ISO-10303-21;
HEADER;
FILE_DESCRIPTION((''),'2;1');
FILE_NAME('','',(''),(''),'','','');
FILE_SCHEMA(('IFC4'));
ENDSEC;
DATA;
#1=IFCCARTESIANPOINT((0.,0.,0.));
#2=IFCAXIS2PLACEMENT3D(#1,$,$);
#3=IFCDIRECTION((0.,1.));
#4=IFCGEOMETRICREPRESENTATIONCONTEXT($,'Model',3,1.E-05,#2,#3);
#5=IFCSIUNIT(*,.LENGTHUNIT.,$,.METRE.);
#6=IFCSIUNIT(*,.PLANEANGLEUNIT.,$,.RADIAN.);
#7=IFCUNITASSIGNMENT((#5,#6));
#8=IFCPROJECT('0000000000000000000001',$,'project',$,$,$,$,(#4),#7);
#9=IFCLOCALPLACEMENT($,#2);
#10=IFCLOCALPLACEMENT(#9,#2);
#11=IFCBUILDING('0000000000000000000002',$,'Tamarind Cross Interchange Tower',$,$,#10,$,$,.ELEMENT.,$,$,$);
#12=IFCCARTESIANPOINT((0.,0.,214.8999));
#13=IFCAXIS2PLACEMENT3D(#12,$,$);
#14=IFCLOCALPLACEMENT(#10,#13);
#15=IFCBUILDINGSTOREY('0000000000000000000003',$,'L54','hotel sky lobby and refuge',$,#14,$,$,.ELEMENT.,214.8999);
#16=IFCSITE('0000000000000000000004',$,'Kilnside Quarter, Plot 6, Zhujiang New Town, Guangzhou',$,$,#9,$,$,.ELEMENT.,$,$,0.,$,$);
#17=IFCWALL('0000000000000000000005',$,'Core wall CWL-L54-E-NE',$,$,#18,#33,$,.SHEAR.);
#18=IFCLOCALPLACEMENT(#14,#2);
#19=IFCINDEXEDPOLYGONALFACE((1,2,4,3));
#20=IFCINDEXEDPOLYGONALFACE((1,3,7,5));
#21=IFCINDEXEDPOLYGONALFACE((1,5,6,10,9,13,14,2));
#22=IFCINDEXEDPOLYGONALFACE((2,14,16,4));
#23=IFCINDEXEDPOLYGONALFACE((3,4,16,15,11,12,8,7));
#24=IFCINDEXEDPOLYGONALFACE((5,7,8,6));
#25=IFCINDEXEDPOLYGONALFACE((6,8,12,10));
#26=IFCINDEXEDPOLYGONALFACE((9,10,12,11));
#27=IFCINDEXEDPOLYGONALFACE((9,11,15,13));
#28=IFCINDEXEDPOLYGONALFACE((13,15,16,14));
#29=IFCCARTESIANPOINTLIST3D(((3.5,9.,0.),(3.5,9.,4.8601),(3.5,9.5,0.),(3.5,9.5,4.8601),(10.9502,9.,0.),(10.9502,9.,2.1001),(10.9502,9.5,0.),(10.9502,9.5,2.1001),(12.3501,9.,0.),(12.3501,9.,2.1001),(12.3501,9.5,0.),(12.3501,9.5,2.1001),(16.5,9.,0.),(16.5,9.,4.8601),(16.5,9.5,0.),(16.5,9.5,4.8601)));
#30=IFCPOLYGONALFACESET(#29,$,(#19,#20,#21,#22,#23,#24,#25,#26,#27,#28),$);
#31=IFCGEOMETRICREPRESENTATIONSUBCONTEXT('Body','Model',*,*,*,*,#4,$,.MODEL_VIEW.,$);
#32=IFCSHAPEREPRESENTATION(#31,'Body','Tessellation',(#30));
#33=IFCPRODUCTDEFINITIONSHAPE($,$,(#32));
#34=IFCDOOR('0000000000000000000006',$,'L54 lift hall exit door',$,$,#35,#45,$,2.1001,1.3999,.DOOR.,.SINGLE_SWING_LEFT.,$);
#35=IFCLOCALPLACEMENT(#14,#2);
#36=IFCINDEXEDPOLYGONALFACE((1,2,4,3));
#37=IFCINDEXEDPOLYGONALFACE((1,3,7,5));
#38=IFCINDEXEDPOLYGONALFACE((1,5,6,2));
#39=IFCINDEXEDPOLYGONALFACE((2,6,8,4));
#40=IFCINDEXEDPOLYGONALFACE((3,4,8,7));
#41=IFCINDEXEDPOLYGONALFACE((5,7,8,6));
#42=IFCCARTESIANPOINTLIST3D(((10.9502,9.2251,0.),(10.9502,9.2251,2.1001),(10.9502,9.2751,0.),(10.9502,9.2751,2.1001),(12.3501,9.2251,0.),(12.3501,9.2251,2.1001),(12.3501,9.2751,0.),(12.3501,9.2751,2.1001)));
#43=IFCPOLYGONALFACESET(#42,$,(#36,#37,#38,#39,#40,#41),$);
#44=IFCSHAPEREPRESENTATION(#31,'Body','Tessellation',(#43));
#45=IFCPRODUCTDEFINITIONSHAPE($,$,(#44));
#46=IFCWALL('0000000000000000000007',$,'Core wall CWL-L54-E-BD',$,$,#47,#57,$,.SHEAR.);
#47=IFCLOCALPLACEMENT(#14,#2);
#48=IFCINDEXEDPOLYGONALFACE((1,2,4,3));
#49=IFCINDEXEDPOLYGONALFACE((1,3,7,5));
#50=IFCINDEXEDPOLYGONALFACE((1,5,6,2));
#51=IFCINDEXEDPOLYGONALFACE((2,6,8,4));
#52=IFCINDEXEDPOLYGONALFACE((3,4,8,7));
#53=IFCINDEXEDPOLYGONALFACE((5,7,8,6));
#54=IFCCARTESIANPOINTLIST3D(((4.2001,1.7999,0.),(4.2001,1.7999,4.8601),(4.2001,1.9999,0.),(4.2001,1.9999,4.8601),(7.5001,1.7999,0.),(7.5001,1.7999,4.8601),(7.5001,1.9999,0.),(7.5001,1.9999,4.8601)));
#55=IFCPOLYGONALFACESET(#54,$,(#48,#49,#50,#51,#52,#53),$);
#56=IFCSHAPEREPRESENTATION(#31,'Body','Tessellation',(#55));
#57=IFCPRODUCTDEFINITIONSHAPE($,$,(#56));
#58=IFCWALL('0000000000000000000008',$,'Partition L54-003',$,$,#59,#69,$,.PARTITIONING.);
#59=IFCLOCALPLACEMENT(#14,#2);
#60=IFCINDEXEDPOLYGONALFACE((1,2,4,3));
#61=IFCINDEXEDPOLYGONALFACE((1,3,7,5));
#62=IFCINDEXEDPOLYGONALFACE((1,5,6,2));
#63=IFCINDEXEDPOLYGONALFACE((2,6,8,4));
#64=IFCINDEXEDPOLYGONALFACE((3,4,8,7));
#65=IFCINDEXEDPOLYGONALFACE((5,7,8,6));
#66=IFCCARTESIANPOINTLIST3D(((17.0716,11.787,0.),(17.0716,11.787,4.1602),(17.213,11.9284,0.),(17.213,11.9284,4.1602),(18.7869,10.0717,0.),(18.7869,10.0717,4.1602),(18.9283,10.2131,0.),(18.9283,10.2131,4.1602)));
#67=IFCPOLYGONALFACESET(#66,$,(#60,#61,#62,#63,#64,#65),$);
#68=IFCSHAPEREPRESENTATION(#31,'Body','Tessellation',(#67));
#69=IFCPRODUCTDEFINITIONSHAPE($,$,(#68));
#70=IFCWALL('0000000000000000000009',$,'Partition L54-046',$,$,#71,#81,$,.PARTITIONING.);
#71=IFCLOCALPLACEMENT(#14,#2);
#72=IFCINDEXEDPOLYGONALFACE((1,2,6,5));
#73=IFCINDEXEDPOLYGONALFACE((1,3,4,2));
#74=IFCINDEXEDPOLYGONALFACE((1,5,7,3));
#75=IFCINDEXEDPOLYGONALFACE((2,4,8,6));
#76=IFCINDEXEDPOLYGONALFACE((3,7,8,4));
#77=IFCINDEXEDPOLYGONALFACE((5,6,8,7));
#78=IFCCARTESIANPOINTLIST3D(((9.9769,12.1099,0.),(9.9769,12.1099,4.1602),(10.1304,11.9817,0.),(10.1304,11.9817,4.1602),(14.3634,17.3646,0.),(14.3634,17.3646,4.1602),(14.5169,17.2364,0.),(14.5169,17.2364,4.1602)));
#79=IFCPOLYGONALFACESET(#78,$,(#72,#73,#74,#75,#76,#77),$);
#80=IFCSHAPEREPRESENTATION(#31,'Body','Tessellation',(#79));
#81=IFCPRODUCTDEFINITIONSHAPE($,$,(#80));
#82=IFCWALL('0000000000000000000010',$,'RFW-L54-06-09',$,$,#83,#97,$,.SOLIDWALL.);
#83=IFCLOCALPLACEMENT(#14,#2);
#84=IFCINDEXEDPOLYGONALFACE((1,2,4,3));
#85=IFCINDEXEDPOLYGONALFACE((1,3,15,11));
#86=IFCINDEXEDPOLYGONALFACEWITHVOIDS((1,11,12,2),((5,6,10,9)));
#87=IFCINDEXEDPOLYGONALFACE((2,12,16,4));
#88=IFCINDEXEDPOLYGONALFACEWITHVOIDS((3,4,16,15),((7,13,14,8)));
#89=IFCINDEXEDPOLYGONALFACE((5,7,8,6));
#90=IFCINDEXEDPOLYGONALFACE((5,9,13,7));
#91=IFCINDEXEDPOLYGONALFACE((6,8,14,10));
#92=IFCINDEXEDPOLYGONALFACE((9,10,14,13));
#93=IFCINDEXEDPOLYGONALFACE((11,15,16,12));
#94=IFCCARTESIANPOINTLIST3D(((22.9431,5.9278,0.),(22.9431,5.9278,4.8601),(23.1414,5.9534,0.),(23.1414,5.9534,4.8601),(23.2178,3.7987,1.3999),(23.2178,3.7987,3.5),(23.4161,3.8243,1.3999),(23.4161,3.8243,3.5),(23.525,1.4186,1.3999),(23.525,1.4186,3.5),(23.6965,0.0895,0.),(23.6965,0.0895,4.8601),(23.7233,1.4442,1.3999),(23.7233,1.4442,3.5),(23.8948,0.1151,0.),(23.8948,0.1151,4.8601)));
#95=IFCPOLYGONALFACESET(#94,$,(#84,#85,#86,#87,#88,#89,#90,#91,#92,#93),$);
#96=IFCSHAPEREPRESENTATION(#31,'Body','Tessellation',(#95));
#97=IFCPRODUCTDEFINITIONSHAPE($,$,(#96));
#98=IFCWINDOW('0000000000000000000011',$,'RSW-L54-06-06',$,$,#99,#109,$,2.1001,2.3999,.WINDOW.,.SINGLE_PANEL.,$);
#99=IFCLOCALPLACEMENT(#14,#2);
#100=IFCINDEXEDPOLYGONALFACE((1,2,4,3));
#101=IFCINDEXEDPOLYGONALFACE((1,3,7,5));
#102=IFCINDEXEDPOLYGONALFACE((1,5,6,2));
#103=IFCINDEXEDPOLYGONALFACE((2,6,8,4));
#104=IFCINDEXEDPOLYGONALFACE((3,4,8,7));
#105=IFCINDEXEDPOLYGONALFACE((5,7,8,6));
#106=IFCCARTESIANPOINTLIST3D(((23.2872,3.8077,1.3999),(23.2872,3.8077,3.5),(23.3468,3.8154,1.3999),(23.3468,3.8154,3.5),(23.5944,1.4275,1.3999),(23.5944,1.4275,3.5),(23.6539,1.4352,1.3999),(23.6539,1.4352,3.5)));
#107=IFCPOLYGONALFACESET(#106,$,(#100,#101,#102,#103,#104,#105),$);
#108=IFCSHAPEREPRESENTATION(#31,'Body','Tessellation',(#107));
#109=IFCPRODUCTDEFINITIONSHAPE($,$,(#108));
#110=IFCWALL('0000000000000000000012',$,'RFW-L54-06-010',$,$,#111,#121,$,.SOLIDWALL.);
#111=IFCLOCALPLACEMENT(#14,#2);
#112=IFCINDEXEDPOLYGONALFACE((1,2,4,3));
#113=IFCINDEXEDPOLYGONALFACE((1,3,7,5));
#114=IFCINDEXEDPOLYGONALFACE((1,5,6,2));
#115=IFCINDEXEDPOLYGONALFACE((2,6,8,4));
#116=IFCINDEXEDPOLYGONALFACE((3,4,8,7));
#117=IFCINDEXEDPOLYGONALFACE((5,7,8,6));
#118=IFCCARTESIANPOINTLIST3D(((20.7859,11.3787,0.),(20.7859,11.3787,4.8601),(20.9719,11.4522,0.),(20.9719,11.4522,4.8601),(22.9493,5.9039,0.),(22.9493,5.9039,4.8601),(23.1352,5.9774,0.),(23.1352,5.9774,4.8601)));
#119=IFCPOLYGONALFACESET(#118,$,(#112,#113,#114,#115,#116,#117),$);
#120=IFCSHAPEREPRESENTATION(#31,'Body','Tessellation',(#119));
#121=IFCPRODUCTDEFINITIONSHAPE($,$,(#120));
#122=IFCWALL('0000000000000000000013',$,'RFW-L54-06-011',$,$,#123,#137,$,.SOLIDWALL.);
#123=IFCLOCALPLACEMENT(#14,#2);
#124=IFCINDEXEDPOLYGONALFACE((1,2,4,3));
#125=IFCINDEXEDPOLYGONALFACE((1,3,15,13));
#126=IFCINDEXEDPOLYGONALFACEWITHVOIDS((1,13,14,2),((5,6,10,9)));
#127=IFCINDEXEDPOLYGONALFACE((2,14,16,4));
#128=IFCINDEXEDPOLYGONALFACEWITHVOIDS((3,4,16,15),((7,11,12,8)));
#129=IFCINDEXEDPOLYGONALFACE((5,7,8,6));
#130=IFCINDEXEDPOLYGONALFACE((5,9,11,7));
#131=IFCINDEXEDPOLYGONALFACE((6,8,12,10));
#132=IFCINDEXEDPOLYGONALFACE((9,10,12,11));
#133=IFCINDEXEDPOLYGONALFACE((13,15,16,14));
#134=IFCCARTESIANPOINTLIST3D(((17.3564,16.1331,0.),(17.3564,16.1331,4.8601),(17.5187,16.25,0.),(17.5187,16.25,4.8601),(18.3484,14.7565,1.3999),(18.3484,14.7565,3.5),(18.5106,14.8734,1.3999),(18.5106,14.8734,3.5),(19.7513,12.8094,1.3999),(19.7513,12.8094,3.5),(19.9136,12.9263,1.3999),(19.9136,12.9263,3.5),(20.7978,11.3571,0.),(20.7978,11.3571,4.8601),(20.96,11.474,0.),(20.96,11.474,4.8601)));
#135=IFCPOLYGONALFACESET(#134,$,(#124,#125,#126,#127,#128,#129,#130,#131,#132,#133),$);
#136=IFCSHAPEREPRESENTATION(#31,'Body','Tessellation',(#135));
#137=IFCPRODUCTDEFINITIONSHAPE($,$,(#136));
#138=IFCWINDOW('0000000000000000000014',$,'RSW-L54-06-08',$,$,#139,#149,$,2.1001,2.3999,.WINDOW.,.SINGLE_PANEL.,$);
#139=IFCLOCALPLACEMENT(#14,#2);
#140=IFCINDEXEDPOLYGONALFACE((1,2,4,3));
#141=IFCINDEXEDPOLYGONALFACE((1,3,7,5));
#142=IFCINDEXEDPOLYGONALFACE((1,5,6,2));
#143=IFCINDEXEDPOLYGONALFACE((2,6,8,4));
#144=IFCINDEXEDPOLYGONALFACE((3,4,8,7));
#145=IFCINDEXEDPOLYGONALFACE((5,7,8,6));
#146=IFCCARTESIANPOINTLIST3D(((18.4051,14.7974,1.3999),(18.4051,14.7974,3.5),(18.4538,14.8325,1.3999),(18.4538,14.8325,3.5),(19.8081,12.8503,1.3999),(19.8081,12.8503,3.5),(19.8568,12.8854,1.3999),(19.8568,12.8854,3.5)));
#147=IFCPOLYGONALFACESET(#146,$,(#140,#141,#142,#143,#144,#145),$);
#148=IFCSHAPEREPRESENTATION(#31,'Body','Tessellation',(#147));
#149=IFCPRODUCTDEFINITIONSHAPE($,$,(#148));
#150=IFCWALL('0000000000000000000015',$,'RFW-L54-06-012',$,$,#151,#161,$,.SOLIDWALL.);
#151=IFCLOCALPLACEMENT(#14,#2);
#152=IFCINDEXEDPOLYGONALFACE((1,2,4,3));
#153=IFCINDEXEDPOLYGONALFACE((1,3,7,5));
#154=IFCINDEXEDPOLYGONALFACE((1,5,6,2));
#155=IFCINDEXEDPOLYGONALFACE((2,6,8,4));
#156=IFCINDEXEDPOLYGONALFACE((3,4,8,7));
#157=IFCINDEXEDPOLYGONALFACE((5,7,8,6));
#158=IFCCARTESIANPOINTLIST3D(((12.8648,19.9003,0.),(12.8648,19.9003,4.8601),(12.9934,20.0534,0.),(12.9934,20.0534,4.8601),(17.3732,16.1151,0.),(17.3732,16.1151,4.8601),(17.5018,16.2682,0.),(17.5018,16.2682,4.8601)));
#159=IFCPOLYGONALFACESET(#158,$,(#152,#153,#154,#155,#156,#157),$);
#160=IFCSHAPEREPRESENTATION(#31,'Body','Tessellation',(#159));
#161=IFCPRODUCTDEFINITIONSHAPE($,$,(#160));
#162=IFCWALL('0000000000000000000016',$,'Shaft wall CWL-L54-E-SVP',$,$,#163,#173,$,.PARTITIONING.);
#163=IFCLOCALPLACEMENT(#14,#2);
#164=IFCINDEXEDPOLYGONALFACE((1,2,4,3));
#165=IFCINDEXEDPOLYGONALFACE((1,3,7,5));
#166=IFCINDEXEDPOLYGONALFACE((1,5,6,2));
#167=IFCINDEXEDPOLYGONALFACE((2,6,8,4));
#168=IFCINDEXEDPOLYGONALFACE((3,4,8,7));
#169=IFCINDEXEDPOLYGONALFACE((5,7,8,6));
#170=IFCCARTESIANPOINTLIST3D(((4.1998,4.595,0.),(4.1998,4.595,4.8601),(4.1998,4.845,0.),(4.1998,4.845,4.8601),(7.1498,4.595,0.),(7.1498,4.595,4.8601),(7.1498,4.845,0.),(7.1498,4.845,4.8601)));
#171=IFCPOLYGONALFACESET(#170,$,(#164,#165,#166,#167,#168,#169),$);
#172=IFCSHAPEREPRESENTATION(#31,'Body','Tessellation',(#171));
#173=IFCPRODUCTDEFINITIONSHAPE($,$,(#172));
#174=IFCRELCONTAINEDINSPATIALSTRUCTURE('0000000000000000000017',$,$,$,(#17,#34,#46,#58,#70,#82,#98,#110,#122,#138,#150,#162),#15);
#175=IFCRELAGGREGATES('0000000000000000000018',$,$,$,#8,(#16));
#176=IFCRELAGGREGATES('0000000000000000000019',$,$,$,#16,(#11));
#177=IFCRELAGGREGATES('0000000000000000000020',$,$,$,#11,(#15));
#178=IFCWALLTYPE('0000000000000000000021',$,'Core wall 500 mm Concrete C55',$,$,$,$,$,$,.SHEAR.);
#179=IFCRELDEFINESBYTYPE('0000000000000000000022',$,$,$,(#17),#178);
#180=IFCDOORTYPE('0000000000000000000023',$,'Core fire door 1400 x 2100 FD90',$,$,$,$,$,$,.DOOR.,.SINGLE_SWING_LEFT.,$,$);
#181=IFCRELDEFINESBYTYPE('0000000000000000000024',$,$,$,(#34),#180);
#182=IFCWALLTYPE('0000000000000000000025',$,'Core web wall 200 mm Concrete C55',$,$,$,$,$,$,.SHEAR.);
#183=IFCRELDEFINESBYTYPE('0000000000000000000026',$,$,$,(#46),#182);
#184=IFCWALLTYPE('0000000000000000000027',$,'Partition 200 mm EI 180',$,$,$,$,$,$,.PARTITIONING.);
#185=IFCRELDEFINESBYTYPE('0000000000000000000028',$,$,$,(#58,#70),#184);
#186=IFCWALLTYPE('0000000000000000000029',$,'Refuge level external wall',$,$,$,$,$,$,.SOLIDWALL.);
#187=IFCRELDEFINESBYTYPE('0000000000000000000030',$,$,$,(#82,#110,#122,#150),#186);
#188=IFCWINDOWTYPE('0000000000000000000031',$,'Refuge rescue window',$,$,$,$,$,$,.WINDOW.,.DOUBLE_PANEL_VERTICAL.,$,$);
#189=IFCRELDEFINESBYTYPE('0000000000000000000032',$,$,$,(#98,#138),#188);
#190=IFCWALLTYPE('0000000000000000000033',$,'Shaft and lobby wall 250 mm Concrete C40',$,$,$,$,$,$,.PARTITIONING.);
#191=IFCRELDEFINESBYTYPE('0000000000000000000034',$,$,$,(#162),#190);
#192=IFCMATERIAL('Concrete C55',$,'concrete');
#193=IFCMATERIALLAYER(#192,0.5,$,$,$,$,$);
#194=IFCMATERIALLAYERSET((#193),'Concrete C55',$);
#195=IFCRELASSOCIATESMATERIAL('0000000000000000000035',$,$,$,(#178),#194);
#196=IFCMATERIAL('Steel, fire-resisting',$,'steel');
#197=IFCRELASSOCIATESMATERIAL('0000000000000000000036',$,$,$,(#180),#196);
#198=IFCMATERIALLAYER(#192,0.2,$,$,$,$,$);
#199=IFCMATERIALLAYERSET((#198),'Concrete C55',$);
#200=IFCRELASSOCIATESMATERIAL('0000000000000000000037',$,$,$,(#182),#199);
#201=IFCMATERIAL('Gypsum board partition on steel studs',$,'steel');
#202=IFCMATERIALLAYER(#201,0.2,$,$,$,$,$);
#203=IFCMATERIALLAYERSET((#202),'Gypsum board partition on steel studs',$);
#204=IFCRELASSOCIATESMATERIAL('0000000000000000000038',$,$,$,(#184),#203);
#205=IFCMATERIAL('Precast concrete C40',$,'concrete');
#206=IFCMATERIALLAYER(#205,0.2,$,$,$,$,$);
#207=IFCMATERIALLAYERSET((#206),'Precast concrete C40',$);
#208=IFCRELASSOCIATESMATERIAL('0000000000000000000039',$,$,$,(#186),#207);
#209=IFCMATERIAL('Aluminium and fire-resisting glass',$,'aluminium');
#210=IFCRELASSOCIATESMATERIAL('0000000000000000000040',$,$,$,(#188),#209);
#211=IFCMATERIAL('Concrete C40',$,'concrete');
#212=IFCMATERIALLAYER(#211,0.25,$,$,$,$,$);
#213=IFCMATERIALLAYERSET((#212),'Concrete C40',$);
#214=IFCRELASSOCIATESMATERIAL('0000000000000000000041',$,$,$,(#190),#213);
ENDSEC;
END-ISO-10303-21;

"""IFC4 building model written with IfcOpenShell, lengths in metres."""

from ifc_helpers import new_model, si_unit, direction, frame, frame_2d, origin, place, context, subcontext, project, spatial, rectangle, extrude, material, layer, layer_set, type_object, element, fill, save


model = new_model("IFC4")

# Units and contexts
model_context = context("Model", 3, precision=1e-05, world=origin(), true_north=direction((0.0, 1.0)))
body_context = subcontext(model_context, "Body", "Model", "MODEL_VIEW")
ifc_project = project(units=[si_unit("LENGTHUNIT", "METRE"), si_unit("PLANEANGLEUNIT", "RADIAN")], contexts=[model_context])

# Site, building, storey
site_placement = place(None, origin())
site = spatial("IfcSite", under=ifc_project, at=site_placement, Name="Kilnside Quarter, Plot 6, Zhujiang New Town, Guangzhou", CompositionType="ELEMENT", RefElevation=0.0)
building_placement = place(site_placement, origin())
building = spatial("IfcBuilding", under=site, at=building_placement, Name="Tamarind Cross Interchange Tower", CompositionType="ELEMENT")
storey_placement = place(building_placement, frame((0.0, 0.0, 214.8999)))
storey = spatial("IfcBuildingStorey", under=building, at=storey_placement, Name="L54", Description="hotel sky lobby and refuge", CompositionType="ELEMENT", Elevation=214.8999)

# Shared definitions
ifc_material_1 = material(Name="Concrete C55", Category="concrete")

# Wall, opening, door
ifc_layer_1 = layer(ifc_material_1, 0.5)
ifc_layer_set_1 = layer_set([ifc_layer_1], Name="Concrete C55")
wall_type_1 = type_object("IfcWallType", Name="Core wall 500 mm Concrete C55", PredefinedType="SHEAR", material=ifc_layer_set_1)
wall_1_placement = place(storey_placement, frame((16.5, 9.25, 0.0), z_axis=(0.0, 0.0, 1.0), x_axis=(-1.0, 0.0, 0.0)))
wall_1 = element("IfcWall", 1, at=wall_1_placement, inside=storey, type_object=wall_type_1, Name="Core wall CWL-L54-E-NE", PredefinedType="SHEAR", context=body_context, shape_type="SweptSolid", body=[
    extrude(rectangle(XDim=13.0, YDim=0.5, at=frame_2d((6.5, 0.0))), origin(), (0.0, 0.0, 1.0), 4.8601),
])
opening_1_placement = place(wall_1_placement, frame((4.1499, 0.0, 0.0)))
opening_1 = element("IfcOpeningElement", 2, at=opening_1_placement, cuts=wall_1, PredefinedType="OPENING", context=body_context, shape_type="SweptSolid", body=[
    extrude(rectangle(XDim=1.3999, YDim=2.1001, at=frame_2d((0.7, 1.05))), frame((0.0, 0.26, 0.0), z_axis=(0.0, -1.0, 0.0), x_axis=(1.0, 0.0, 0.0)), (0.0, 0.0, 1.0), 0.52),
])
ifc_material_2 = material(Name="Steel, fire-resisting", Category="steel")
door_type = type_object("IfcDoorType", Name="Core fire door 1400 x 2100 FD90", OperationType="SINGLE_SWING_LEFT", PredefinedType="DOOR", material=ifc_material_2)
door_placement = place(opening_1_placement, origin())
door = element("IfcDoor", 3, at=door_placement, inside=storey, type_object=door_type, Name="L54 lift hall exit door", OperationType="SINGLE_SWING_LEFT", OverallHeight=2.1001, OverallWidth=1.3999, PredefinedType="DOOR", context=body_context, shape_type="SweptSolid", body=[
    extrude(rectangle(XDim=1.3999, YDim=2.1001, at=frame_2d((0.7, 1.05))), frame((0.0, 0.0249, 0.0), z_axis=(0.0, -1.0, 0.0), x_axis=(1.0, 0.0, 0.0)), (0.0, 0.0, 1.0), 0.05),
])
fill(opening_1, door)

# Walls
ifc_layer_2 = layer(ifc_material_1, 0.2)
ifc_layer_set_2 = layer_set([ifc_layer_2], Name="Concrete C55")
wall_type_2 = type_object("IfcWallType", Name="Core web wall 200 mm Concrete C55", PredefinedType="SHEAR", material=ifc_layer_set_2)
wall_2_placement = place(storey_placement, frame((7.5, 1.8999, 0.0), z_axis=(0.0, 0.0, 1.0), x_axis=(-1.0, 0.0, 0.0)))
element("IfcWall", 4, at=wall_2_placement, inside=storey, type_object=wall_type_2, Name="Core wall CWL-L54-E-BD", PredefinedType="SHEAR", context=body_context, shape_type="SweptSolid", body=[
    extrude(rectangle(XDim=3.3, YDim=0.2, at=frame_2d((1.6499, 0.0))), origin(), (0.0, 0.0, 1.0), 4.8601),
])
ifc_material_3 = material(Name="Gypsum board partition on steel studs", Category="steel")
ifc_layer_3 = layer(ifc_material_3, 0.2)
ifc_layer_set_3 = layer_set([ifc_layer_3], Name="Gypsum board partition on steel studs")
wall_type_3 = type_object("IfcWallType", Name="Partition 200 mm EI 180", PredefinedType="PARTITIONING", material=ifc_layer_set_3)
wall_3_placement = place(storey_placement, frame((17.1423, 11.8577, 0.0), z_axis=(0.0, 0.0, 1.0), x_axis=(0.707107, -0.707107, 0.0)))
element("IfcWall", 5, at=wall_3_placement, inside=storey, type_object=wall_type_3, Name="Partition L54-003", PredefinedType="PARTITIONING", context=body_context, shape_type="SweptSolid", body=[
    extrude(rectangle(XDim=2.4258, YDim=0.2, at=frame_2d((1.2129, 0.0))), origin(), (0.0, 0.0, 1.0), 4.1602),
])
wall_4_placement = place(storey_placement, frame((10.0537, 12.0459, 0.0), z_axis=(0.0, 0.0, 1.0), x_axis=(0.64084, 0.767674, 0.0)))
element("IfcWall", 6, at=wall_4_placement, inside=storey, type_object=wall_type_3, Name="Partition L54-046", PredefinedType="PARTITIONING", context=body_context, shape_type="SweptSolid", body=[
    extrude(rectangle(XDim=6.845, YDim=0.2, at=frame_2d((3.4224, 0.0))), origin(), (0.0, 0.0, 1.0), 4.1602),
])

# Wall, opening, window
ifc_material_4 = material(Name="Precast concrete C40", Category="concrete")
ifc_layer_4 = layer(ifc_material_4, 0.2)
ifc_layer_set_4 = layer_set([ifc_layer_4], Name="Precast concrete C40")
wall_type_4 = type_object("IfcWallType", Name="Refuge level external wall", PredefinedType="SOLIDWALL", material=ifc_layer_set_4)
wall_5_placement = place(storey_placement, frame((23.7957, 0.1023, 0.0), z_axis=(0.0, 0.0, 1.0), x_axis=(-0.127984, 0.991776, 0.0)))
wall_5 = element("IfcWall", 7, at=wall_5_placement, inside=storey, type_object=wall_type_4, Name="RFW-L54-06-09", PredefinedType="SOLIDWALL", context=body_context, shape_type="SweptSolid", body=[
    extrude(rectangle(XDim=5.8867, YDim=0.2, at=frame_2d((2.9434, 0.0))), origin(), (0.0, 0.0, 1.0), 4.8601),
])
opening_2_placement = place(wall_5_placement, frame((1.3401, 0.0, 1.3999)))
opening_2 = element("IfcOpeningElement", 8, at=opening_2_placement, cuts=wall_5, PredefinedType="OPENING", context=body_context, shape_type="SweptSolid", body=[
    extrude(rectangle(XDim=2.3999, YDim=2.1001, at=frame_2d((1.2, 1.05))), frame((0.0, 0.1099, 0.0), z_axis=(0.0, -1.0, 0.0), x_axis=(1.0, 0.0, 0.0)), (0.0, 0.0, 1.0), 0.22),
])
ifc_material_5 = material(Name="Aluminium and fire-resisting glass", Category="aluminium")
window_type = type_object("IfcWindowType", Name="Refuge rescue window", PartitioningType="DOUBLE_PANEL_VERTICAL", PredefinedType="WINDOW", material=ifc_material_5)
window_1_placement = place(opening_2_placement, origin())
window_1 = element("IfcWindow", 9, at=window_1_placement, inside=storey, type_object=window_type, Name="RSW-L54-06-06", OverallHeight=2.1001, OverallWidth=2.3999, PartitioningType="SINGLE_PANEL", PredefinedType="WINDOW", context=body_context, shape_type="SweptSolid", body=[
    extrude(rectangle(XDim=2.3999, YDim=2.1001, at=frame_2d((1.2, 1.05))), frame((0.0, 0.03, 0.0), z_axis=(0.0, -1.0, 0.0), x_axis=(1.0, 0.0, 0.0)), (0.0, 0.0, 1.0), 0.0601),
])
fill(opening_2, window_1)

# Wall
wall_6_placement = place(storey_placement, frame((23.0422, 5.9407, 0.0), z_axis=(0.0, 0.0, 1.0), x_axis=(-0.36749, 0.930027, 0.0)))
element("IfcWall", 10, at=wall_6_placement, inside=storey, type_object=wall_type_4, Name="RFW-L54-06-010", PredefinedType="SOLIDWALL", context=body_context, shape_type="SweptSolid", body=[
    extrude(rectangle(XDim=5.8867, YDim=0.2, at=frame_2d((2.9434, 0.0))), origin(), (0.0, 0.0, 1.0), 4.8601),
])

# Wall, opening, window
wall_7_placement = place(storey_placement, frame((20.8789, 11.4155, 0.0), z_axis=(0.0, 0.0, 1.0), x_axis=(-0.584595, 0.811325, 0.0)))
wall_7 = element("IfcWall", 11, at=wall_7_placement, inside=storey, type_object=wall_type_4, Name="RFW-L54-06-011", PredefinedType="SOLIDWALL", context=body_context, shape_type="SweptSolid", body=[
    extrude(rectangle(XDim=5.8867, YDim=0.2, at=frame_2d((2.9434, 0.0))), origin(), (0.0, 0.0, 1.0), 4.8601),
])
opening_3_placement = place(wall_7_placement, frame((1.79, 0.0, 1.3999)))
opening_3 = element("IfcOpeningElement", 12, at=opening_3_placement, cuts=wall_7, PredefinedType="OPENING", context=body_context, shape_type="SweptSolid", body=[
    extrude(rectangle(XDim=2.3999, YDim=2.1001, at=frame_2d((1.2, 1.05))), frame((0.0, 0.1099, 0.0), z_axis=(0.0, -1.0, 0.0), x_axis=(1.0, 0.0, 0.0)), (0.0, 0.0, 1.0), 0.22),
])
window_2_placement = place(opening_3_placement, origin())
window_2 = element("IfcWindow", 13, at=window_2_placement, inside=storey, type_object=window_type, Name="RSW-L54-06-08", OverallHeight=2.1001, OverallWidth=2.3999, PartitioningType="SINGLE_PANEL", PredefinedType="WINDOW", context=body_context, shape_type="SweptSolid", body=[
    extrude(rectangle(XDim=2.3999, YDim=2.1001, at=frame_2d((1.2, 1.05))), frame((0.0, 0.03, 0.0), z_axis=(0.0, -1.0, 0.0), x_axis=(1.0, 0.0, 0.0)), (0.0, 0.0, 1.0), 0.0601),
])
fill(opening_3, window_2)

# Walls
wall_8_placement = place(storey_placement, frame((17.4375, 16.1917, 0.0), z_axis=(0.0, 0.0, 1.0), x_axis=(-0.765857, 0.643011, 0.0)))
element("IfcWall", 14, at=wall_8_placement, inside=storey, type_object=wall_type_4, Name="RFW-L54-06-012", PredefinedType="SOLIDWALL", context=body_context, shape_type="SweptSolid", body=[
    extrude(rectangle(XDim=5.8867, YDim=0.2, at=frame_2d((2.9434, 0.0))), origin(), (0.0, 0.0, 1.0), 4.8601),
])
ifc_material_6 = material(Name="Concrete C40", Category="concrete")
ifc_layer_5 = layer(ifc_material_6, 0.25)
ifc_layer_set_5 = layer_set([ifc_layer_5], Name="Concrete C40")
wall_type_5 = type_object("IfcWallType", Name="Shaft and lobby wall 250 mm Concrete C40", PredefinedType="PARTITIONING", material=ifc_layer_set_5)
wall_9_placement = place(storey_placement, frame((7.1499, 4.72, 0.0), z_axis=(0.0, 0.0, 1.0), x_axis=(-1.0, 0.0, 0.0)))
element("IfcWall", 15, at=wall_9_placement, inside=storey, type_object=wall_type_5, Name="Shaft wall CWL-L54-E-SVP", PredefinedType="PARTITIONING", context=body_context, shape_type="SweptSolid", body=[
    extrude(rectangle(XDim=2.95, YDim=0.25, at=frame_2d((1.4751, 0.0))), origin(), (0.0, 0.0, 1.0), 4.8601),
])

save(model, "model.ifc")
